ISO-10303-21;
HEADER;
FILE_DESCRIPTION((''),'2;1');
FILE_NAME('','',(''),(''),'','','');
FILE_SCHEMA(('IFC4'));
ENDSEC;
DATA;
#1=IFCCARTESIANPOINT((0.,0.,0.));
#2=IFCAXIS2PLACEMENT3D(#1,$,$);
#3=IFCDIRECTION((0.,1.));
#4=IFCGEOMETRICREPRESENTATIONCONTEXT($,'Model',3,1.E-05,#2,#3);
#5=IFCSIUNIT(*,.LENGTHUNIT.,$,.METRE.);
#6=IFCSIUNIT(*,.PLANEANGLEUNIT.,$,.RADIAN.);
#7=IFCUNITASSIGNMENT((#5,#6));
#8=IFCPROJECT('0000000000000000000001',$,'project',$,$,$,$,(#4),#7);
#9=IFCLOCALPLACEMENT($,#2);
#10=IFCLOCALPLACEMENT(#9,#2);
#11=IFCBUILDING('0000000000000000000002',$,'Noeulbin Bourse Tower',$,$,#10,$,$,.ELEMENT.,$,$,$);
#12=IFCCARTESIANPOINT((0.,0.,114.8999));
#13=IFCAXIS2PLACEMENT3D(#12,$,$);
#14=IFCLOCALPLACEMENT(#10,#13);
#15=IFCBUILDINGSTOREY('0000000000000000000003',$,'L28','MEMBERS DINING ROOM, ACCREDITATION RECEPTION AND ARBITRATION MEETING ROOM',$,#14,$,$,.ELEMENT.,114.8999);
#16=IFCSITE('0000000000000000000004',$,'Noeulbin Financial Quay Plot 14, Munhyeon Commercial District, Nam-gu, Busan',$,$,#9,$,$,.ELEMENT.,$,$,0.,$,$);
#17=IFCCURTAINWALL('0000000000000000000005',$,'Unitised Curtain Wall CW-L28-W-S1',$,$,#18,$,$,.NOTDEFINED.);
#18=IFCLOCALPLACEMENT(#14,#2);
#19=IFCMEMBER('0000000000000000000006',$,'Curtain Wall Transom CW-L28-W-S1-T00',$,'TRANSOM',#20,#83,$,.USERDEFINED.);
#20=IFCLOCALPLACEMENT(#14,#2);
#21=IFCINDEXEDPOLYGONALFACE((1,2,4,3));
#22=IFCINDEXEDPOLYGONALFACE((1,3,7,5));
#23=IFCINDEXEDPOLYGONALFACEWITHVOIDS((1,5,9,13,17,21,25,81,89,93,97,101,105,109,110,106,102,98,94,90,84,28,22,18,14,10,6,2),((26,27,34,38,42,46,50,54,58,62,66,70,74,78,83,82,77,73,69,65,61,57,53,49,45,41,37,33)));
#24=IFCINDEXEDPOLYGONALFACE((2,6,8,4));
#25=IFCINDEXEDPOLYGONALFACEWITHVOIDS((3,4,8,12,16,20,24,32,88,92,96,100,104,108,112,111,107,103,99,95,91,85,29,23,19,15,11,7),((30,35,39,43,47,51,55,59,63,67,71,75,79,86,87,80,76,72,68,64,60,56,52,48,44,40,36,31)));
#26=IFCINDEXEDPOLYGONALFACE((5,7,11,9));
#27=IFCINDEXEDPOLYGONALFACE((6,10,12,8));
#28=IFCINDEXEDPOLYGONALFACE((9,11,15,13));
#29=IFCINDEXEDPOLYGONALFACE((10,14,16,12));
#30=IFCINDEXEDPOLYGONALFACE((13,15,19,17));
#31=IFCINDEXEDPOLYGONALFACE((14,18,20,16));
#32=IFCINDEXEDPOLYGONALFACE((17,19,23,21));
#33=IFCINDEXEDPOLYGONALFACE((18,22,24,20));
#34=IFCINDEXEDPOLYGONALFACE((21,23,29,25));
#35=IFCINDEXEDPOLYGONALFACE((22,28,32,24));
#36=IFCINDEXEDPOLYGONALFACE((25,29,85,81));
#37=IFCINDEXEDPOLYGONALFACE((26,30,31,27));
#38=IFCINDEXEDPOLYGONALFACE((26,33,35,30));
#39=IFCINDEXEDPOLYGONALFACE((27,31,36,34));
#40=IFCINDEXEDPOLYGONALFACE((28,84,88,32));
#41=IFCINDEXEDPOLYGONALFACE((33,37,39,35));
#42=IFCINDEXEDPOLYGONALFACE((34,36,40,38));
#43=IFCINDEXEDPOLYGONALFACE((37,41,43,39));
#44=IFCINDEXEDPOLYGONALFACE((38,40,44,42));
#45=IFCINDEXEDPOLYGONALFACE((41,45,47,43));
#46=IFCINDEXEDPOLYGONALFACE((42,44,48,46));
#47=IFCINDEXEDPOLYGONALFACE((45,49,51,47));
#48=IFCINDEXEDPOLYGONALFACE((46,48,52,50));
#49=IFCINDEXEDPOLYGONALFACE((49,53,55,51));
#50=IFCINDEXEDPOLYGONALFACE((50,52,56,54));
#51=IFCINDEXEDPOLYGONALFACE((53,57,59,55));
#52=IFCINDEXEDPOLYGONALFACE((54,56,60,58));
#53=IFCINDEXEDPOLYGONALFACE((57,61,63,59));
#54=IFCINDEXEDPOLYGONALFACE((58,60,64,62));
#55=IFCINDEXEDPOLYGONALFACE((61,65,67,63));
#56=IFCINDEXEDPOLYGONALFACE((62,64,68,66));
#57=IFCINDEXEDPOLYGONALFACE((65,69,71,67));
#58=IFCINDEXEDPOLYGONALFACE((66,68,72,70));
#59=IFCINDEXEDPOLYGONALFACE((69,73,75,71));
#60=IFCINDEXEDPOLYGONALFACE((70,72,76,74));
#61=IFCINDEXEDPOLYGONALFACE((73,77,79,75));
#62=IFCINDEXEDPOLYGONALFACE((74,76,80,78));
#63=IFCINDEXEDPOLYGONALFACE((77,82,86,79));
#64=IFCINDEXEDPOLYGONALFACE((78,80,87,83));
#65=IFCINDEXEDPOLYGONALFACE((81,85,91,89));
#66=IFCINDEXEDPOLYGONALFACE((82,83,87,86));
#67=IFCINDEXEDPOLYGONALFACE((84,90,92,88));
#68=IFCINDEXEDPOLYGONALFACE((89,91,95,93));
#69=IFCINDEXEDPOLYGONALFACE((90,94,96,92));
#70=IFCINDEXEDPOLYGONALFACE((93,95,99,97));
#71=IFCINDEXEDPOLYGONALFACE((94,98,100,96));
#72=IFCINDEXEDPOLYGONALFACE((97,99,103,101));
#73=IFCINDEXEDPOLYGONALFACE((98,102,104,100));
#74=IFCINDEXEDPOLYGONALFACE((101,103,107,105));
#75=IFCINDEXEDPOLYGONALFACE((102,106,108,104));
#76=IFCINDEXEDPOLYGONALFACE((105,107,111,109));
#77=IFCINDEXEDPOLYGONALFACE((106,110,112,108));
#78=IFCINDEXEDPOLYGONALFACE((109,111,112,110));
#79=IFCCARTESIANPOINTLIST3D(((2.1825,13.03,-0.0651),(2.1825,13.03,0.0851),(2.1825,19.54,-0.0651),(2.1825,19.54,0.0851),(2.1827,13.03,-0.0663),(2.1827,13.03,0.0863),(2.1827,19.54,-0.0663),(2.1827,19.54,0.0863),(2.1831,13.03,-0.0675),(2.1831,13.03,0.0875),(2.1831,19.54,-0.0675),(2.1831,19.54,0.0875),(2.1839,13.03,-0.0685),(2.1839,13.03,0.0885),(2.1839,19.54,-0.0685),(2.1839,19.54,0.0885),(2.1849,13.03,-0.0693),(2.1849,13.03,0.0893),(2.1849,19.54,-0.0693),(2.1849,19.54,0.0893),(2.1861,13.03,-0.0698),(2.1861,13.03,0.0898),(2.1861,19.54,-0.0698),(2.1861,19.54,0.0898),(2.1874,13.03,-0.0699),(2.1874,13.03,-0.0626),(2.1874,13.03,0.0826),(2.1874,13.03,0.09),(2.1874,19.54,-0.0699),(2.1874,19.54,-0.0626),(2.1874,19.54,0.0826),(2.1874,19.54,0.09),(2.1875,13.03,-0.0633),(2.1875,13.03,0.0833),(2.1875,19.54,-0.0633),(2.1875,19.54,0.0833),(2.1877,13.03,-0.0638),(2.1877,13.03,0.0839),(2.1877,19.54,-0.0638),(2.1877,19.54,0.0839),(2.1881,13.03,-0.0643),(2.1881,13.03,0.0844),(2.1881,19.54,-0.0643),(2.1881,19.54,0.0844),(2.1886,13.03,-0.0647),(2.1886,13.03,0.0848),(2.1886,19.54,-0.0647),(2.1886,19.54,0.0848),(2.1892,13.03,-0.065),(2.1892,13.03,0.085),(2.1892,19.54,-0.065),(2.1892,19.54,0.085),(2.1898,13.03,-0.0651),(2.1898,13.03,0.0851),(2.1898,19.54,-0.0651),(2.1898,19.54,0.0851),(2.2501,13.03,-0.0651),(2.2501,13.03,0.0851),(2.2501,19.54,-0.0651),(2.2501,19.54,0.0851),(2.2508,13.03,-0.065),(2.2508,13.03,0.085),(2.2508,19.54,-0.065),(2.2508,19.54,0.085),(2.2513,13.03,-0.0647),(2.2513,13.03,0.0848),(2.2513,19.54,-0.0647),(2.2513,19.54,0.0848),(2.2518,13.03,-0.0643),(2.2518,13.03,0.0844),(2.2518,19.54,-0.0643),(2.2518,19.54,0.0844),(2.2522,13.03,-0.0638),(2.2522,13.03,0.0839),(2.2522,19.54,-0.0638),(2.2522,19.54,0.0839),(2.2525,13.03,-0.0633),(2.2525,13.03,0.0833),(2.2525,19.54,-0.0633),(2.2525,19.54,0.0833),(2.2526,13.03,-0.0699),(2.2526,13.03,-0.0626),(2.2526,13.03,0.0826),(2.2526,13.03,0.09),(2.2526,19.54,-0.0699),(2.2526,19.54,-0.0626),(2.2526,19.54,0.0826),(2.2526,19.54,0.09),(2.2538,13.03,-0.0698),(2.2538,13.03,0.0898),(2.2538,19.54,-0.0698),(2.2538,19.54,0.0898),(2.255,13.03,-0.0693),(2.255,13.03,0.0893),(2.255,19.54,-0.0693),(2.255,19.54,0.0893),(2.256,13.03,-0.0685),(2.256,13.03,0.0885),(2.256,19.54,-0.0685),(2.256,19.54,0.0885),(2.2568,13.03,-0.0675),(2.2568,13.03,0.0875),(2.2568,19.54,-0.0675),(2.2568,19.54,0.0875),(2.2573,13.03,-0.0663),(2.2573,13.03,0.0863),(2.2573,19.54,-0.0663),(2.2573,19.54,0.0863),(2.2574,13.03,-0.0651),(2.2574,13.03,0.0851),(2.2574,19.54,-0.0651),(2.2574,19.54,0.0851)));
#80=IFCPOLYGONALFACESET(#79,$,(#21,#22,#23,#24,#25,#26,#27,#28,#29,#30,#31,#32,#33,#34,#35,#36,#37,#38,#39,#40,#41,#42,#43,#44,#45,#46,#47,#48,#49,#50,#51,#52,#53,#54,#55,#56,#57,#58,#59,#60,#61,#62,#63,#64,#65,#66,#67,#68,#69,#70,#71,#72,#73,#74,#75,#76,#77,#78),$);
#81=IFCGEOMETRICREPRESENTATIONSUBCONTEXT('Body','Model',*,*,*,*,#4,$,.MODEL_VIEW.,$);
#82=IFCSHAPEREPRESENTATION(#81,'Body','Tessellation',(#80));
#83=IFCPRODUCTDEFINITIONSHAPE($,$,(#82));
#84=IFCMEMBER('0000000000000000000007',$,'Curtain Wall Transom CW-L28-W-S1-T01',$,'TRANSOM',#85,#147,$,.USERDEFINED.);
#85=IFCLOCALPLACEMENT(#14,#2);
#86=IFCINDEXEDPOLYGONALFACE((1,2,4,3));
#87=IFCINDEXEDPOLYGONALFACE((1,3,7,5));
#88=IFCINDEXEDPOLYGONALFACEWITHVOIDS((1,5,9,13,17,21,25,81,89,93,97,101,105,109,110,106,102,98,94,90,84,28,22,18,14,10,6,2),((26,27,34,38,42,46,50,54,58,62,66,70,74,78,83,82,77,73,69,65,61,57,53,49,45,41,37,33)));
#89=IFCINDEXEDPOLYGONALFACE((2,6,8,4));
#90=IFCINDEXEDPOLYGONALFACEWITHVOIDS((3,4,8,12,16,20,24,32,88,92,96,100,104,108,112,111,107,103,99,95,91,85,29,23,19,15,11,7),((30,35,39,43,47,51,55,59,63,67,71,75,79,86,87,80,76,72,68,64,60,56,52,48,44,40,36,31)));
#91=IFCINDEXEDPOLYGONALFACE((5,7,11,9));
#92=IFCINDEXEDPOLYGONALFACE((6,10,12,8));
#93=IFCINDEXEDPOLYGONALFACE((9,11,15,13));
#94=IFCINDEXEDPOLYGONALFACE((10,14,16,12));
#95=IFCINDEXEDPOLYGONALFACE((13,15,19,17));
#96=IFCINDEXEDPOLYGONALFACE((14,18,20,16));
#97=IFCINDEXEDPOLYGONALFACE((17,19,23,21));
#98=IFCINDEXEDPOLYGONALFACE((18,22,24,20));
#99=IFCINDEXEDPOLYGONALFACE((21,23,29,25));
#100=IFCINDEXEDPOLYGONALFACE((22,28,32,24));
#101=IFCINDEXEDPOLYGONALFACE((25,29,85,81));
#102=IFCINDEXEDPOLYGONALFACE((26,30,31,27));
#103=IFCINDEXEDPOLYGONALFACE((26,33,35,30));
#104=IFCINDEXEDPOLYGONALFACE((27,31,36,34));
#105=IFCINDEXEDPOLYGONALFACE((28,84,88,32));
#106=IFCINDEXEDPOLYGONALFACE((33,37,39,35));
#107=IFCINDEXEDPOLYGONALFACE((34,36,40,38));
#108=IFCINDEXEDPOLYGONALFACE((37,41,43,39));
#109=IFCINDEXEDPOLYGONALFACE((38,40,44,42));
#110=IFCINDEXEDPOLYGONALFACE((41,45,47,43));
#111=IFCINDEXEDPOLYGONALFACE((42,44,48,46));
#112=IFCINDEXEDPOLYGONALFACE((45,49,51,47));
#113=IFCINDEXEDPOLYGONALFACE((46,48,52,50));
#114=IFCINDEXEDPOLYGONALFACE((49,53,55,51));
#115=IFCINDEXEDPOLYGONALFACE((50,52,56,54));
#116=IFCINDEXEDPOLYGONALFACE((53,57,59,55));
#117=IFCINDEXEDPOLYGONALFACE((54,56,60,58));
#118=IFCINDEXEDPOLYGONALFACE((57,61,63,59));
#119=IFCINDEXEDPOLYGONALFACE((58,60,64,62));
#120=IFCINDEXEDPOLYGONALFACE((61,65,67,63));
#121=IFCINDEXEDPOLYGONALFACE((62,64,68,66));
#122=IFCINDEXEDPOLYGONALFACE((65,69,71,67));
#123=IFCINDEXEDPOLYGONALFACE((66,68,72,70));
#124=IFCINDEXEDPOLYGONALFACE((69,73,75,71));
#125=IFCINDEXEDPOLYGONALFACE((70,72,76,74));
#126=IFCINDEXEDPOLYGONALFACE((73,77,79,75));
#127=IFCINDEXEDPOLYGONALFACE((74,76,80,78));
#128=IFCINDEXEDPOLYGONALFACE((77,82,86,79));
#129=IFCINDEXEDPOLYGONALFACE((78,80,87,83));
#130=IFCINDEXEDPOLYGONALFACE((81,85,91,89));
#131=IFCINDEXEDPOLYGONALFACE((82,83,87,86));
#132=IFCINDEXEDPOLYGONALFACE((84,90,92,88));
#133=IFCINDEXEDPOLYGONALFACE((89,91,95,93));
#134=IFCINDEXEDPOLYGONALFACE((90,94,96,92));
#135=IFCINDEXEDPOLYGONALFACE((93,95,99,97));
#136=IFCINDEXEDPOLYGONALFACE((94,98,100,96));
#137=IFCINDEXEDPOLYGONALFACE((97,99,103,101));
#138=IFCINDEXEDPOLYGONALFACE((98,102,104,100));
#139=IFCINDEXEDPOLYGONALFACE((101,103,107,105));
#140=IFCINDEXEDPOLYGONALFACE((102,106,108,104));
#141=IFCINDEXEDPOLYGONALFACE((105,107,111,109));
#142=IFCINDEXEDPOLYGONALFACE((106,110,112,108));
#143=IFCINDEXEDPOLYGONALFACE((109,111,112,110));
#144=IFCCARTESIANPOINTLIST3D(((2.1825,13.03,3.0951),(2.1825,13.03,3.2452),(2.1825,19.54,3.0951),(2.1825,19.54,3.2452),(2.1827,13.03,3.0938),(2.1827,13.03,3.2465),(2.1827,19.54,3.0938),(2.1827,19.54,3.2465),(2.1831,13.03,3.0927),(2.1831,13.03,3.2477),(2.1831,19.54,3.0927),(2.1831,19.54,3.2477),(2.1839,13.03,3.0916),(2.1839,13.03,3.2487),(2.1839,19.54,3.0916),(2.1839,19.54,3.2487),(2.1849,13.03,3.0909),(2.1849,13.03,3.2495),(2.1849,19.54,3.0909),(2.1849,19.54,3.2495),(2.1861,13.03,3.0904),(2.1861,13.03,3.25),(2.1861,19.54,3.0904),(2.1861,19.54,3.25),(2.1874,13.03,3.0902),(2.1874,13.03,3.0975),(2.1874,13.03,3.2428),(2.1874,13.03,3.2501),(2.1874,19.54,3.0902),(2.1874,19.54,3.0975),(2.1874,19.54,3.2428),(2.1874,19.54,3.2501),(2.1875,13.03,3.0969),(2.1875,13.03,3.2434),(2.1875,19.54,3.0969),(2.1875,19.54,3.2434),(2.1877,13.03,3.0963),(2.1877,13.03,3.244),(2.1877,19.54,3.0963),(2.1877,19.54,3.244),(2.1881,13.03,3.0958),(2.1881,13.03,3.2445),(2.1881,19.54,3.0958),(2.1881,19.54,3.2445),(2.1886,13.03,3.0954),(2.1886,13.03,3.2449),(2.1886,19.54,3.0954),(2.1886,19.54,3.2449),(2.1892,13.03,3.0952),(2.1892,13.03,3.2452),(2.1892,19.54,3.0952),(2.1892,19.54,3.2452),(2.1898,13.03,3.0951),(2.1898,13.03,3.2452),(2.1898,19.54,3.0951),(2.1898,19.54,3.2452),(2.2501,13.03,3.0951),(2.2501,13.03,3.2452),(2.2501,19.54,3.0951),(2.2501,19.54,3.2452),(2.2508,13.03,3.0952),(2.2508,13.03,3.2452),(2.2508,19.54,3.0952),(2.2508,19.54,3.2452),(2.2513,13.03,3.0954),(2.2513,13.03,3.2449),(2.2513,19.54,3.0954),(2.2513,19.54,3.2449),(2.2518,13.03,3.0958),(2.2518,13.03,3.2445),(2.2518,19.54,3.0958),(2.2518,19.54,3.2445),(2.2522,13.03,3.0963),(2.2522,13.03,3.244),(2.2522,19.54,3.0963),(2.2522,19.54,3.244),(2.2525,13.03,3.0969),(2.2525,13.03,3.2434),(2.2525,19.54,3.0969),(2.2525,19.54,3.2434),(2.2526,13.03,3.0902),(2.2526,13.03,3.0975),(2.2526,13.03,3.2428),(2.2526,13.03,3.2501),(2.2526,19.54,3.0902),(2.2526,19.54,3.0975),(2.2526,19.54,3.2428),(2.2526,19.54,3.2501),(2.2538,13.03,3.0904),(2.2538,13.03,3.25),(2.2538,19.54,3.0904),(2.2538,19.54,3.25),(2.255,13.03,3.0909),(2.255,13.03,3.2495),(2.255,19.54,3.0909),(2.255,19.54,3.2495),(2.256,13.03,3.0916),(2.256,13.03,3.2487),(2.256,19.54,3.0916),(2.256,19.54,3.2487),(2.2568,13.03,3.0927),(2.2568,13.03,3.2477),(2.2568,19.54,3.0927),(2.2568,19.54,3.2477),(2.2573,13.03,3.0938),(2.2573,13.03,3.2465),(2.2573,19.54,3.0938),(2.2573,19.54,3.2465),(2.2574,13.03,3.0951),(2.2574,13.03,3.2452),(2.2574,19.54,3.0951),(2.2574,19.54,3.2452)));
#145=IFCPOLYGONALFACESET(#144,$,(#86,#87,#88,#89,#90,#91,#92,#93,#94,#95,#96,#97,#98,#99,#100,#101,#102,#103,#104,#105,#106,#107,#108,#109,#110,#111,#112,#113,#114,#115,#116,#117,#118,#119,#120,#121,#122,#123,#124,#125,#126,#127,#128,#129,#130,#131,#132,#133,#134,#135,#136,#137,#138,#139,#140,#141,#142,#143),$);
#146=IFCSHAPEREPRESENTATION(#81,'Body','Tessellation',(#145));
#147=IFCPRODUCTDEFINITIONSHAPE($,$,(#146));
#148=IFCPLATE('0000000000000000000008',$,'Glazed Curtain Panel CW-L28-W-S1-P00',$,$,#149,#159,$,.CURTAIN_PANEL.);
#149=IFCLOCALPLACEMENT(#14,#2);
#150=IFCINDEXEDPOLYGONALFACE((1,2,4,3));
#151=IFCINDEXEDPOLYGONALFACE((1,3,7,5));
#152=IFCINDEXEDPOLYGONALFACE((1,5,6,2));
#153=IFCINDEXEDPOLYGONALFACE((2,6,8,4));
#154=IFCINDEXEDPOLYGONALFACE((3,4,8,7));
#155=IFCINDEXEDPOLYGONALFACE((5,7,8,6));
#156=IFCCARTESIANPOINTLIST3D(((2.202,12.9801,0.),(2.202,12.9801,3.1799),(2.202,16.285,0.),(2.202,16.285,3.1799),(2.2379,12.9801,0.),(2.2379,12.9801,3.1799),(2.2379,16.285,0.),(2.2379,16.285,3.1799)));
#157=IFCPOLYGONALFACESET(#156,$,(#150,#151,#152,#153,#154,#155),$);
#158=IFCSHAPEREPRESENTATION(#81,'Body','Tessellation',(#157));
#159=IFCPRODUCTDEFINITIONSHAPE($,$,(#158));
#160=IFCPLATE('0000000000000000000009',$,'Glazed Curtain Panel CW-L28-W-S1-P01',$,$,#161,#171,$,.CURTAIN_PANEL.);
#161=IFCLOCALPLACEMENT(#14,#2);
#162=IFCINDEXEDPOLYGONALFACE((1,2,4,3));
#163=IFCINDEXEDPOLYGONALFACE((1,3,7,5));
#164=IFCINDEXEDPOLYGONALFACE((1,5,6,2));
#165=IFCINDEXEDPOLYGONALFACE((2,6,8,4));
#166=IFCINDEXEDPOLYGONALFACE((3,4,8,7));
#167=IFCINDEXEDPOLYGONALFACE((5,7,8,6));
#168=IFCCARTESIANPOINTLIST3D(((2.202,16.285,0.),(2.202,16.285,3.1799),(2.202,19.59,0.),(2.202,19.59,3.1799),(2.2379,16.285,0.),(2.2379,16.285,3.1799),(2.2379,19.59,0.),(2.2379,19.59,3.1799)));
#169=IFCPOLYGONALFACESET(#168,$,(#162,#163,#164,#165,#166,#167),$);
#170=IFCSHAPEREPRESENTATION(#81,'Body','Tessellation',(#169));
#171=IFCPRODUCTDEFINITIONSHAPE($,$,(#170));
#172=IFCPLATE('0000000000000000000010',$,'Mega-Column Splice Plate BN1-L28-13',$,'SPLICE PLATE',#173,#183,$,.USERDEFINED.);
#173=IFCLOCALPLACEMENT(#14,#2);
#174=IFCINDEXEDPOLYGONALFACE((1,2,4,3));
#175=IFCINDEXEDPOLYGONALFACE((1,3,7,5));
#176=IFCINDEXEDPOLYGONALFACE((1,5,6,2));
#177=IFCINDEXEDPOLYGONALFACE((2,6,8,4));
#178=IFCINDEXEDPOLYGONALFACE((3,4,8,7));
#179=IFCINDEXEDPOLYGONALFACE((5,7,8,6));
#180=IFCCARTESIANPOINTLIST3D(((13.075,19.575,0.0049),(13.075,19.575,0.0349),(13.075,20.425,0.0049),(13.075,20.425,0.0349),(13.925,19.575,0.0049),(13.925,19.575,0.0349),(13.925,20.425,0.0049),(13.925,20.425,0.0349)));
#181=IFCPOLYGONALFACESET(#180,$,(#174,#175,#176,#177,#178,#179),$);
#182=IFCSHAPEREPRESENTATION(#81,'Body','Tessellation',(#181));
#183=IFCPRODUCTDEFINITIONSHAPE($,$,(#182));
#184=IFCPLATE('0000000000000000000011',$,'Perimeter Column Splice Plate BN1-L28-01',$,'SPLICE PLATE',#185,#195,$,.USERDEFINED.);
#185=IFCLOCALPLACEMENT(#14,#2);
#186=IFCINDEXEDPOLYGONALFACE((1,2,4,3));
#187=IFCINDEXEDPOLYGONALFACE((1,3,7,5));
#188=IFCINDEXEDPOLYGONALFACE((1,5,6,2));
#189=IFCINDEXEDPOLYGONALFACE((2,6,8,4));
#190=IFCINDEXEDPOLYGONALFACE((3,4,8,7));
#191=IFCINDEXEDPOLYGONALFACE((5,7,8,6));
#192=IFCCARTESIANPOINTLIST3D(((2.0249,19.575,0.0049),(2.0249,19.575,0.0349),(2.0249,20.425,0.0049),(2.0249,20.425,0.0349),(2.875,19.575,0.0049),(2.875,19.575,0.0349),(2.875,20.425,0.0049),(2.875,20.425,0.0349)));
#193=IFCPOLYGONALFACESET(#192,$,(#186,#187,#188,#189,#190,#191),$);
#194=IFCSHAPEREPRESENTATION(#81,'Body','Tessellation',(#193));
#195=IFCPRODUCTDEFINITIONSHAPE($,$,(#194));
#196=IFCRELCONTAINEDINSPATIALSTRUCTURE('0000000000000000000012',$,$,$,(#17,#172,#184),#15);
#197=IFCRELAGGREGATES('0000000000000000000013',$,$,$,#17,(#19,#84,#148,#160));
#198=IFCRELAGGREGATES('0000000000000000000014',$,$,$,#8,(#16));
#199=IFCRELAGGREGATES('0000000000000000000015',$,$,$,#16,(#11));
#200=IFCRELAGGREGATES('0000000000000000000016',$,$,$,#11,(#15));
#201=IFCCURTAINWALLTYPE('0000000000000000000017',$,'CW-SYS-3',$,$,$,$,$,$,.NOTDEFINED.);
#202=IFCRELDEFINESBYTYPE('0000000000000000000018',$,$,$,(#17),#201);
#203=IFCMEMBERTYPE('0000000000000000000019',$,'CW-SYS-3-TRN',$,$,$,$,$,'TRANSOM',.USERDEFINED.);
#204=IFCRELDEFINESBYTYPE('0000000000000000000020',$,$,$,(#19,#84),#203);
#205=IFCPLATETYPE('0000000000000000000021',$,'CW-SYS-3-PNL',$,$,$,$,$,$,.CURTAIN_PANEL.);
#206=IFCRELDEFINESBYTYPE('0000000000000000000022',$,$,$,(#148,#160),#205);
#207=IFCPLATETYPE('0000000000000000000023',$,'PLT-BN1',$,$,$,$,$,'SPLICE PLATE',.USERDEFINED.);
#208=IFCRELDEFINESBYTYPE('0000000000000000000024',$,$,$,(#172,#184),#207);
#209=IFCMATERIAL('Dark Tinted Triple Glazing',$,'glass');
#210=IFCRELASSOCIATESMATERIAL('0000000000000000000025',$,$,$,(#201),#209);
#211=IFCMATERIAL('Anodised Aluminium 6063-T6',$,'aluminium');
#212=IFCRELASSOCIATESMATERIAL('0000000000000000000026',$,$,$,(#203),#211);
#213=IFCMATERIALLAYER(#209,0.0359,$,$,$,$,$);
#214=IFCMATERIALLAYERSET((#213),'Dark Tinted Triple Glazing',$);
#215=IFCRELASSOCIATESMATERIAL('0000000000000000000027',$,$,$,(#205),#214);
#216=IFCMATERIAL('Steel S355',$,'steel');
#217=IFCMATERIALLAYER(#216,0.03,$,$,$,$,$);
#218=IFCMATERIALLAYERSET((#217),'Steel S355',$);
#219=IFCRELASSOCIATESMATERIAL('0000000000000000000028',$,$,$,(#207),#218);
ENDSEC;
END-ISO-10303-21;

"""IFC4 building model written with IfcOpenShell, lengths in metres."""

from ifc_helpers import new_model, si_unit, direction, frame, origin, origin_2d, place, context, subcontext, project, spatial, rectangle, hollow_rectangle, extrude, material, layer, layer_set, material_profile, profile_set, type_object, element, aggregate, save


model = new_model("IFC4")

# Units and contexts
model_context = context("Model", 3, precision=1e-05, world=origin(), true_north=direction((0.0, 1.0)))
body_context = subcontext(model_context, "Body", "Model", "MODEL_VIEW")
ifc_project = project(units=[si_unit("LENGTHUNIT", "METRE"), si_unit("PLANEANGLEUNIT", "RADIAN")], contexts=[model_context])

# Site, building, storey
site_placement = place(None, origin())
site = spatial("IfcSite", under=ifc_project, at=site_placement, Name="Noeulbin Financial Quay Plot 14, Munhyeon Commercial District, Nam-gu, Busan", CompositionType="ELEMENT", RefElevation=0.0)
building_placement = place(site_placement, origin())
building = spatial("IfcBuilding", under=site, at=building_placement, Name="Noeulbin Bourse Tower", CompositionType="ELEMENT")
storey_placement = place(building_placement, frame((0.0, 0.0, 114.8999)))
storey = spatial("IfcBuildingStorey", under=building, at=storey_placement, Name="L28", Description="MEMBERS DINING ROOM, ACCREDITATION RECEPTION AND ARBITRATION MEETING ROOM", CompositionType="ELEMENT", Elevation=114.8999)

# Shared definitions
ifc_material_1 = material(Name="Steel S355", Category="steel")

# Curtain wall
ifc_material_2 = material(Name="Dark Tinted Triple Glazing", Category="glass")
curtain_wall_type = type_object("IfcCurtainWallType", Name="CW-SYS-3", PredefinedType="NOTDEFINED", material=ifc_material_2)
curtain_wall_1_placement = place(storey_placement, origin())
curtain_wall_1 = element("IfcCurtainWall", 1, at=curtain_wall_1_placement, inside=storey, type_object=curtain_wall_type, Name="Unitised Curtain Wall CW-L28-W-S1", PredefinedType="NOTDEFINED")
ifc_material_3 = material(Name="Anodised Aluminium 6063-T6", Category="aluminium")

# Members
ifc_material_profile_1 = material_profile(ifc_material_3, hollow_rectangle(XDim=0.075, YDim=0.1599, WallThickness=0.0049, InnerFilletRadius=0.0024, OuterFilletRadius=0.0049, at=origin_2d()), Name="ALU-TRAN-75x160x5", Category="LoadBearing")
ifc_profile_set_1 = profile_set([ifc_material_profile_1], Name="Anodised Aluminium 6063-T6")
member_type_1 = type_object("IfcMemberType", Name="CW-SYS-3-TRN", ElementType="TRANSOM", PredefinedType="USERDEFINED", material=ifc_profile_set_1)
member_1_placement = place(storey_placement, frame((2.22, 13.03, 0.01), z_axis=(0.0, 1.0, 0.0), x_axis=(-1.0, 0.0, 0.0)))
member_1 = element("IfcMember", 2, at=member_1_placement, type_object=member_type_1, Name="Curtain Wall Transom CW-L28-W-S1-T00", ObjectType="TRANSOM", PredefinedType="USERDEFINED", context=body_context, shape_type="SweptSolid", body=[
    extrude(hollow_rectangle(XDim=0.075, YDim=0.1599, WallThickness=0.0049, InnerFilletRadius=0.0024, OuterFilletRadius=0.0049, at=origin_2d()), origin(), (0.0, 0.0, 1.0), 6.51),
])
member_2_placement = place(storey_placement, frame((2.22, 13.03, 3.1702), z_axis=(0.0, 1.0, 0.0), x_axis=(-1.0, 0.0, 0.0)))
member_2 = element("IfcMember", 3, at=member_2_placement, type_object=member_type_1, Name="Curtain Wall Transom CW-L28-W-S1-T01", ObjectType="TRANSOM", PredefinedType="USERDEFINED", context=body_context, shape_type="SweptSolid", body=[
    extrude(hollow_rectangle(XDim=0.075, YDim=0.1599, WallThickness=0.0049, InnerFilletRadius=0.0024, OuterFilletRadius=0.0049, at=origin_2d()), origin(), (0.0, 0.0, 1.0), 6.51),
])

# Plates
ifc_layer_1 = layer(ifc_material_2, 0.0359)
ifc_layer_set_1 = layer_set([ifc_layer_1], Name="Dark Tinted Triple Glazing")
plate_type_1 = type_object("IfcPlateType", Name="CW-SYS-3-PNL", PredefinedType="CURTAIN_PANEL", material=ifc_layer_set_1)
plate_1_placement = place(storey_placement, frame((2.22, 14.6326, 0.0), z_axis=(0.0, 0.0, 1.0), x_axis=(0.0, 1.0, 0.0)))
plate_1 = element("IfcPlate", 4, at=plate_1_placement, type_object=plate_type_1, Name="Glazed Curtain Panel CW-L28-W-S1-P00", PredefinedType="CURTAIN_PANEL", context=body_context, shape_type="SweptSolid", body=[
    extrude(rectangle(XDim=3.3049, YDim=0.0359, at=origin_2d()), origin(), (0.0, 0.0, 1.0), 3.1799),
])
plate_2_placement = place(storey_placement, frame((2.22, 17.9375, 0.0), z_axis=(0.0, 0.0, 1.0), x_axis=(0.0, 1.0, 0.0)))
plate_2 = element("IfcPlate", 5, at=plate_2_placement, type_object=plate_type_1, Name="Glazed Curtain Panel CW-L28-W-S1-P01", PredefinedType="CURTAIN_PANEL", context=body_context, shape_type="SweptSolid", body=[
    extrude(rectangle(XDim=3.3049, YDim=0.0359, at=origin_2d()), origin(), (0.0, 0.0, 1.0), 3.1799),
])
aggregate(curtain_wall_1, [member_1, member_2, plate_1, plate_2])

# Plates
ifc_layer_2 = layer(ifc_material_1, 0.03)
ifc_layer_set_2 = layer_set([ifc_layer_2], Name="Steel S355")
plate_type_2 = type_object("IfcPlateType", Name="PLT-BN1", ElementType="SPLICE PLATE", PredefinedType="USERDEFINED", material=ifc_layer_set_2)
for number, where, z_axis, x_axis, name in (
    (6, (13.5, 20.0, 0.0049), (0.0, 0.0, 1.0), (1.0, 0.0, 0.0), "Mega-Column Splice Plate BN1-L28-13"),
    (7, (2.45, 20.0, 0.0049), (0.0, 0.0, 1.0), (1.0, 0.0, 0.0), "Perimeter Column Splice Plate BN1-L28-01"),
):
    element("IfcPlate", number, at=place(storey_placement, frame(where, z_axis=z_axis, x_axis=x_axis)), inside=storey, type_object=plate_type_2, Name=name, ObjectType="SPLICE PLATE", PredefinedType="USERDEFINED", context=body_context, shape_type="SweptSolid", body=[
        extrude(rectangle(XDim=0.8501, YDim=0.8501, at=origin_2d()), origin(), (0.0, 0.0, 1.0), 0.03),
    ])

save(model, "model.ifc")
